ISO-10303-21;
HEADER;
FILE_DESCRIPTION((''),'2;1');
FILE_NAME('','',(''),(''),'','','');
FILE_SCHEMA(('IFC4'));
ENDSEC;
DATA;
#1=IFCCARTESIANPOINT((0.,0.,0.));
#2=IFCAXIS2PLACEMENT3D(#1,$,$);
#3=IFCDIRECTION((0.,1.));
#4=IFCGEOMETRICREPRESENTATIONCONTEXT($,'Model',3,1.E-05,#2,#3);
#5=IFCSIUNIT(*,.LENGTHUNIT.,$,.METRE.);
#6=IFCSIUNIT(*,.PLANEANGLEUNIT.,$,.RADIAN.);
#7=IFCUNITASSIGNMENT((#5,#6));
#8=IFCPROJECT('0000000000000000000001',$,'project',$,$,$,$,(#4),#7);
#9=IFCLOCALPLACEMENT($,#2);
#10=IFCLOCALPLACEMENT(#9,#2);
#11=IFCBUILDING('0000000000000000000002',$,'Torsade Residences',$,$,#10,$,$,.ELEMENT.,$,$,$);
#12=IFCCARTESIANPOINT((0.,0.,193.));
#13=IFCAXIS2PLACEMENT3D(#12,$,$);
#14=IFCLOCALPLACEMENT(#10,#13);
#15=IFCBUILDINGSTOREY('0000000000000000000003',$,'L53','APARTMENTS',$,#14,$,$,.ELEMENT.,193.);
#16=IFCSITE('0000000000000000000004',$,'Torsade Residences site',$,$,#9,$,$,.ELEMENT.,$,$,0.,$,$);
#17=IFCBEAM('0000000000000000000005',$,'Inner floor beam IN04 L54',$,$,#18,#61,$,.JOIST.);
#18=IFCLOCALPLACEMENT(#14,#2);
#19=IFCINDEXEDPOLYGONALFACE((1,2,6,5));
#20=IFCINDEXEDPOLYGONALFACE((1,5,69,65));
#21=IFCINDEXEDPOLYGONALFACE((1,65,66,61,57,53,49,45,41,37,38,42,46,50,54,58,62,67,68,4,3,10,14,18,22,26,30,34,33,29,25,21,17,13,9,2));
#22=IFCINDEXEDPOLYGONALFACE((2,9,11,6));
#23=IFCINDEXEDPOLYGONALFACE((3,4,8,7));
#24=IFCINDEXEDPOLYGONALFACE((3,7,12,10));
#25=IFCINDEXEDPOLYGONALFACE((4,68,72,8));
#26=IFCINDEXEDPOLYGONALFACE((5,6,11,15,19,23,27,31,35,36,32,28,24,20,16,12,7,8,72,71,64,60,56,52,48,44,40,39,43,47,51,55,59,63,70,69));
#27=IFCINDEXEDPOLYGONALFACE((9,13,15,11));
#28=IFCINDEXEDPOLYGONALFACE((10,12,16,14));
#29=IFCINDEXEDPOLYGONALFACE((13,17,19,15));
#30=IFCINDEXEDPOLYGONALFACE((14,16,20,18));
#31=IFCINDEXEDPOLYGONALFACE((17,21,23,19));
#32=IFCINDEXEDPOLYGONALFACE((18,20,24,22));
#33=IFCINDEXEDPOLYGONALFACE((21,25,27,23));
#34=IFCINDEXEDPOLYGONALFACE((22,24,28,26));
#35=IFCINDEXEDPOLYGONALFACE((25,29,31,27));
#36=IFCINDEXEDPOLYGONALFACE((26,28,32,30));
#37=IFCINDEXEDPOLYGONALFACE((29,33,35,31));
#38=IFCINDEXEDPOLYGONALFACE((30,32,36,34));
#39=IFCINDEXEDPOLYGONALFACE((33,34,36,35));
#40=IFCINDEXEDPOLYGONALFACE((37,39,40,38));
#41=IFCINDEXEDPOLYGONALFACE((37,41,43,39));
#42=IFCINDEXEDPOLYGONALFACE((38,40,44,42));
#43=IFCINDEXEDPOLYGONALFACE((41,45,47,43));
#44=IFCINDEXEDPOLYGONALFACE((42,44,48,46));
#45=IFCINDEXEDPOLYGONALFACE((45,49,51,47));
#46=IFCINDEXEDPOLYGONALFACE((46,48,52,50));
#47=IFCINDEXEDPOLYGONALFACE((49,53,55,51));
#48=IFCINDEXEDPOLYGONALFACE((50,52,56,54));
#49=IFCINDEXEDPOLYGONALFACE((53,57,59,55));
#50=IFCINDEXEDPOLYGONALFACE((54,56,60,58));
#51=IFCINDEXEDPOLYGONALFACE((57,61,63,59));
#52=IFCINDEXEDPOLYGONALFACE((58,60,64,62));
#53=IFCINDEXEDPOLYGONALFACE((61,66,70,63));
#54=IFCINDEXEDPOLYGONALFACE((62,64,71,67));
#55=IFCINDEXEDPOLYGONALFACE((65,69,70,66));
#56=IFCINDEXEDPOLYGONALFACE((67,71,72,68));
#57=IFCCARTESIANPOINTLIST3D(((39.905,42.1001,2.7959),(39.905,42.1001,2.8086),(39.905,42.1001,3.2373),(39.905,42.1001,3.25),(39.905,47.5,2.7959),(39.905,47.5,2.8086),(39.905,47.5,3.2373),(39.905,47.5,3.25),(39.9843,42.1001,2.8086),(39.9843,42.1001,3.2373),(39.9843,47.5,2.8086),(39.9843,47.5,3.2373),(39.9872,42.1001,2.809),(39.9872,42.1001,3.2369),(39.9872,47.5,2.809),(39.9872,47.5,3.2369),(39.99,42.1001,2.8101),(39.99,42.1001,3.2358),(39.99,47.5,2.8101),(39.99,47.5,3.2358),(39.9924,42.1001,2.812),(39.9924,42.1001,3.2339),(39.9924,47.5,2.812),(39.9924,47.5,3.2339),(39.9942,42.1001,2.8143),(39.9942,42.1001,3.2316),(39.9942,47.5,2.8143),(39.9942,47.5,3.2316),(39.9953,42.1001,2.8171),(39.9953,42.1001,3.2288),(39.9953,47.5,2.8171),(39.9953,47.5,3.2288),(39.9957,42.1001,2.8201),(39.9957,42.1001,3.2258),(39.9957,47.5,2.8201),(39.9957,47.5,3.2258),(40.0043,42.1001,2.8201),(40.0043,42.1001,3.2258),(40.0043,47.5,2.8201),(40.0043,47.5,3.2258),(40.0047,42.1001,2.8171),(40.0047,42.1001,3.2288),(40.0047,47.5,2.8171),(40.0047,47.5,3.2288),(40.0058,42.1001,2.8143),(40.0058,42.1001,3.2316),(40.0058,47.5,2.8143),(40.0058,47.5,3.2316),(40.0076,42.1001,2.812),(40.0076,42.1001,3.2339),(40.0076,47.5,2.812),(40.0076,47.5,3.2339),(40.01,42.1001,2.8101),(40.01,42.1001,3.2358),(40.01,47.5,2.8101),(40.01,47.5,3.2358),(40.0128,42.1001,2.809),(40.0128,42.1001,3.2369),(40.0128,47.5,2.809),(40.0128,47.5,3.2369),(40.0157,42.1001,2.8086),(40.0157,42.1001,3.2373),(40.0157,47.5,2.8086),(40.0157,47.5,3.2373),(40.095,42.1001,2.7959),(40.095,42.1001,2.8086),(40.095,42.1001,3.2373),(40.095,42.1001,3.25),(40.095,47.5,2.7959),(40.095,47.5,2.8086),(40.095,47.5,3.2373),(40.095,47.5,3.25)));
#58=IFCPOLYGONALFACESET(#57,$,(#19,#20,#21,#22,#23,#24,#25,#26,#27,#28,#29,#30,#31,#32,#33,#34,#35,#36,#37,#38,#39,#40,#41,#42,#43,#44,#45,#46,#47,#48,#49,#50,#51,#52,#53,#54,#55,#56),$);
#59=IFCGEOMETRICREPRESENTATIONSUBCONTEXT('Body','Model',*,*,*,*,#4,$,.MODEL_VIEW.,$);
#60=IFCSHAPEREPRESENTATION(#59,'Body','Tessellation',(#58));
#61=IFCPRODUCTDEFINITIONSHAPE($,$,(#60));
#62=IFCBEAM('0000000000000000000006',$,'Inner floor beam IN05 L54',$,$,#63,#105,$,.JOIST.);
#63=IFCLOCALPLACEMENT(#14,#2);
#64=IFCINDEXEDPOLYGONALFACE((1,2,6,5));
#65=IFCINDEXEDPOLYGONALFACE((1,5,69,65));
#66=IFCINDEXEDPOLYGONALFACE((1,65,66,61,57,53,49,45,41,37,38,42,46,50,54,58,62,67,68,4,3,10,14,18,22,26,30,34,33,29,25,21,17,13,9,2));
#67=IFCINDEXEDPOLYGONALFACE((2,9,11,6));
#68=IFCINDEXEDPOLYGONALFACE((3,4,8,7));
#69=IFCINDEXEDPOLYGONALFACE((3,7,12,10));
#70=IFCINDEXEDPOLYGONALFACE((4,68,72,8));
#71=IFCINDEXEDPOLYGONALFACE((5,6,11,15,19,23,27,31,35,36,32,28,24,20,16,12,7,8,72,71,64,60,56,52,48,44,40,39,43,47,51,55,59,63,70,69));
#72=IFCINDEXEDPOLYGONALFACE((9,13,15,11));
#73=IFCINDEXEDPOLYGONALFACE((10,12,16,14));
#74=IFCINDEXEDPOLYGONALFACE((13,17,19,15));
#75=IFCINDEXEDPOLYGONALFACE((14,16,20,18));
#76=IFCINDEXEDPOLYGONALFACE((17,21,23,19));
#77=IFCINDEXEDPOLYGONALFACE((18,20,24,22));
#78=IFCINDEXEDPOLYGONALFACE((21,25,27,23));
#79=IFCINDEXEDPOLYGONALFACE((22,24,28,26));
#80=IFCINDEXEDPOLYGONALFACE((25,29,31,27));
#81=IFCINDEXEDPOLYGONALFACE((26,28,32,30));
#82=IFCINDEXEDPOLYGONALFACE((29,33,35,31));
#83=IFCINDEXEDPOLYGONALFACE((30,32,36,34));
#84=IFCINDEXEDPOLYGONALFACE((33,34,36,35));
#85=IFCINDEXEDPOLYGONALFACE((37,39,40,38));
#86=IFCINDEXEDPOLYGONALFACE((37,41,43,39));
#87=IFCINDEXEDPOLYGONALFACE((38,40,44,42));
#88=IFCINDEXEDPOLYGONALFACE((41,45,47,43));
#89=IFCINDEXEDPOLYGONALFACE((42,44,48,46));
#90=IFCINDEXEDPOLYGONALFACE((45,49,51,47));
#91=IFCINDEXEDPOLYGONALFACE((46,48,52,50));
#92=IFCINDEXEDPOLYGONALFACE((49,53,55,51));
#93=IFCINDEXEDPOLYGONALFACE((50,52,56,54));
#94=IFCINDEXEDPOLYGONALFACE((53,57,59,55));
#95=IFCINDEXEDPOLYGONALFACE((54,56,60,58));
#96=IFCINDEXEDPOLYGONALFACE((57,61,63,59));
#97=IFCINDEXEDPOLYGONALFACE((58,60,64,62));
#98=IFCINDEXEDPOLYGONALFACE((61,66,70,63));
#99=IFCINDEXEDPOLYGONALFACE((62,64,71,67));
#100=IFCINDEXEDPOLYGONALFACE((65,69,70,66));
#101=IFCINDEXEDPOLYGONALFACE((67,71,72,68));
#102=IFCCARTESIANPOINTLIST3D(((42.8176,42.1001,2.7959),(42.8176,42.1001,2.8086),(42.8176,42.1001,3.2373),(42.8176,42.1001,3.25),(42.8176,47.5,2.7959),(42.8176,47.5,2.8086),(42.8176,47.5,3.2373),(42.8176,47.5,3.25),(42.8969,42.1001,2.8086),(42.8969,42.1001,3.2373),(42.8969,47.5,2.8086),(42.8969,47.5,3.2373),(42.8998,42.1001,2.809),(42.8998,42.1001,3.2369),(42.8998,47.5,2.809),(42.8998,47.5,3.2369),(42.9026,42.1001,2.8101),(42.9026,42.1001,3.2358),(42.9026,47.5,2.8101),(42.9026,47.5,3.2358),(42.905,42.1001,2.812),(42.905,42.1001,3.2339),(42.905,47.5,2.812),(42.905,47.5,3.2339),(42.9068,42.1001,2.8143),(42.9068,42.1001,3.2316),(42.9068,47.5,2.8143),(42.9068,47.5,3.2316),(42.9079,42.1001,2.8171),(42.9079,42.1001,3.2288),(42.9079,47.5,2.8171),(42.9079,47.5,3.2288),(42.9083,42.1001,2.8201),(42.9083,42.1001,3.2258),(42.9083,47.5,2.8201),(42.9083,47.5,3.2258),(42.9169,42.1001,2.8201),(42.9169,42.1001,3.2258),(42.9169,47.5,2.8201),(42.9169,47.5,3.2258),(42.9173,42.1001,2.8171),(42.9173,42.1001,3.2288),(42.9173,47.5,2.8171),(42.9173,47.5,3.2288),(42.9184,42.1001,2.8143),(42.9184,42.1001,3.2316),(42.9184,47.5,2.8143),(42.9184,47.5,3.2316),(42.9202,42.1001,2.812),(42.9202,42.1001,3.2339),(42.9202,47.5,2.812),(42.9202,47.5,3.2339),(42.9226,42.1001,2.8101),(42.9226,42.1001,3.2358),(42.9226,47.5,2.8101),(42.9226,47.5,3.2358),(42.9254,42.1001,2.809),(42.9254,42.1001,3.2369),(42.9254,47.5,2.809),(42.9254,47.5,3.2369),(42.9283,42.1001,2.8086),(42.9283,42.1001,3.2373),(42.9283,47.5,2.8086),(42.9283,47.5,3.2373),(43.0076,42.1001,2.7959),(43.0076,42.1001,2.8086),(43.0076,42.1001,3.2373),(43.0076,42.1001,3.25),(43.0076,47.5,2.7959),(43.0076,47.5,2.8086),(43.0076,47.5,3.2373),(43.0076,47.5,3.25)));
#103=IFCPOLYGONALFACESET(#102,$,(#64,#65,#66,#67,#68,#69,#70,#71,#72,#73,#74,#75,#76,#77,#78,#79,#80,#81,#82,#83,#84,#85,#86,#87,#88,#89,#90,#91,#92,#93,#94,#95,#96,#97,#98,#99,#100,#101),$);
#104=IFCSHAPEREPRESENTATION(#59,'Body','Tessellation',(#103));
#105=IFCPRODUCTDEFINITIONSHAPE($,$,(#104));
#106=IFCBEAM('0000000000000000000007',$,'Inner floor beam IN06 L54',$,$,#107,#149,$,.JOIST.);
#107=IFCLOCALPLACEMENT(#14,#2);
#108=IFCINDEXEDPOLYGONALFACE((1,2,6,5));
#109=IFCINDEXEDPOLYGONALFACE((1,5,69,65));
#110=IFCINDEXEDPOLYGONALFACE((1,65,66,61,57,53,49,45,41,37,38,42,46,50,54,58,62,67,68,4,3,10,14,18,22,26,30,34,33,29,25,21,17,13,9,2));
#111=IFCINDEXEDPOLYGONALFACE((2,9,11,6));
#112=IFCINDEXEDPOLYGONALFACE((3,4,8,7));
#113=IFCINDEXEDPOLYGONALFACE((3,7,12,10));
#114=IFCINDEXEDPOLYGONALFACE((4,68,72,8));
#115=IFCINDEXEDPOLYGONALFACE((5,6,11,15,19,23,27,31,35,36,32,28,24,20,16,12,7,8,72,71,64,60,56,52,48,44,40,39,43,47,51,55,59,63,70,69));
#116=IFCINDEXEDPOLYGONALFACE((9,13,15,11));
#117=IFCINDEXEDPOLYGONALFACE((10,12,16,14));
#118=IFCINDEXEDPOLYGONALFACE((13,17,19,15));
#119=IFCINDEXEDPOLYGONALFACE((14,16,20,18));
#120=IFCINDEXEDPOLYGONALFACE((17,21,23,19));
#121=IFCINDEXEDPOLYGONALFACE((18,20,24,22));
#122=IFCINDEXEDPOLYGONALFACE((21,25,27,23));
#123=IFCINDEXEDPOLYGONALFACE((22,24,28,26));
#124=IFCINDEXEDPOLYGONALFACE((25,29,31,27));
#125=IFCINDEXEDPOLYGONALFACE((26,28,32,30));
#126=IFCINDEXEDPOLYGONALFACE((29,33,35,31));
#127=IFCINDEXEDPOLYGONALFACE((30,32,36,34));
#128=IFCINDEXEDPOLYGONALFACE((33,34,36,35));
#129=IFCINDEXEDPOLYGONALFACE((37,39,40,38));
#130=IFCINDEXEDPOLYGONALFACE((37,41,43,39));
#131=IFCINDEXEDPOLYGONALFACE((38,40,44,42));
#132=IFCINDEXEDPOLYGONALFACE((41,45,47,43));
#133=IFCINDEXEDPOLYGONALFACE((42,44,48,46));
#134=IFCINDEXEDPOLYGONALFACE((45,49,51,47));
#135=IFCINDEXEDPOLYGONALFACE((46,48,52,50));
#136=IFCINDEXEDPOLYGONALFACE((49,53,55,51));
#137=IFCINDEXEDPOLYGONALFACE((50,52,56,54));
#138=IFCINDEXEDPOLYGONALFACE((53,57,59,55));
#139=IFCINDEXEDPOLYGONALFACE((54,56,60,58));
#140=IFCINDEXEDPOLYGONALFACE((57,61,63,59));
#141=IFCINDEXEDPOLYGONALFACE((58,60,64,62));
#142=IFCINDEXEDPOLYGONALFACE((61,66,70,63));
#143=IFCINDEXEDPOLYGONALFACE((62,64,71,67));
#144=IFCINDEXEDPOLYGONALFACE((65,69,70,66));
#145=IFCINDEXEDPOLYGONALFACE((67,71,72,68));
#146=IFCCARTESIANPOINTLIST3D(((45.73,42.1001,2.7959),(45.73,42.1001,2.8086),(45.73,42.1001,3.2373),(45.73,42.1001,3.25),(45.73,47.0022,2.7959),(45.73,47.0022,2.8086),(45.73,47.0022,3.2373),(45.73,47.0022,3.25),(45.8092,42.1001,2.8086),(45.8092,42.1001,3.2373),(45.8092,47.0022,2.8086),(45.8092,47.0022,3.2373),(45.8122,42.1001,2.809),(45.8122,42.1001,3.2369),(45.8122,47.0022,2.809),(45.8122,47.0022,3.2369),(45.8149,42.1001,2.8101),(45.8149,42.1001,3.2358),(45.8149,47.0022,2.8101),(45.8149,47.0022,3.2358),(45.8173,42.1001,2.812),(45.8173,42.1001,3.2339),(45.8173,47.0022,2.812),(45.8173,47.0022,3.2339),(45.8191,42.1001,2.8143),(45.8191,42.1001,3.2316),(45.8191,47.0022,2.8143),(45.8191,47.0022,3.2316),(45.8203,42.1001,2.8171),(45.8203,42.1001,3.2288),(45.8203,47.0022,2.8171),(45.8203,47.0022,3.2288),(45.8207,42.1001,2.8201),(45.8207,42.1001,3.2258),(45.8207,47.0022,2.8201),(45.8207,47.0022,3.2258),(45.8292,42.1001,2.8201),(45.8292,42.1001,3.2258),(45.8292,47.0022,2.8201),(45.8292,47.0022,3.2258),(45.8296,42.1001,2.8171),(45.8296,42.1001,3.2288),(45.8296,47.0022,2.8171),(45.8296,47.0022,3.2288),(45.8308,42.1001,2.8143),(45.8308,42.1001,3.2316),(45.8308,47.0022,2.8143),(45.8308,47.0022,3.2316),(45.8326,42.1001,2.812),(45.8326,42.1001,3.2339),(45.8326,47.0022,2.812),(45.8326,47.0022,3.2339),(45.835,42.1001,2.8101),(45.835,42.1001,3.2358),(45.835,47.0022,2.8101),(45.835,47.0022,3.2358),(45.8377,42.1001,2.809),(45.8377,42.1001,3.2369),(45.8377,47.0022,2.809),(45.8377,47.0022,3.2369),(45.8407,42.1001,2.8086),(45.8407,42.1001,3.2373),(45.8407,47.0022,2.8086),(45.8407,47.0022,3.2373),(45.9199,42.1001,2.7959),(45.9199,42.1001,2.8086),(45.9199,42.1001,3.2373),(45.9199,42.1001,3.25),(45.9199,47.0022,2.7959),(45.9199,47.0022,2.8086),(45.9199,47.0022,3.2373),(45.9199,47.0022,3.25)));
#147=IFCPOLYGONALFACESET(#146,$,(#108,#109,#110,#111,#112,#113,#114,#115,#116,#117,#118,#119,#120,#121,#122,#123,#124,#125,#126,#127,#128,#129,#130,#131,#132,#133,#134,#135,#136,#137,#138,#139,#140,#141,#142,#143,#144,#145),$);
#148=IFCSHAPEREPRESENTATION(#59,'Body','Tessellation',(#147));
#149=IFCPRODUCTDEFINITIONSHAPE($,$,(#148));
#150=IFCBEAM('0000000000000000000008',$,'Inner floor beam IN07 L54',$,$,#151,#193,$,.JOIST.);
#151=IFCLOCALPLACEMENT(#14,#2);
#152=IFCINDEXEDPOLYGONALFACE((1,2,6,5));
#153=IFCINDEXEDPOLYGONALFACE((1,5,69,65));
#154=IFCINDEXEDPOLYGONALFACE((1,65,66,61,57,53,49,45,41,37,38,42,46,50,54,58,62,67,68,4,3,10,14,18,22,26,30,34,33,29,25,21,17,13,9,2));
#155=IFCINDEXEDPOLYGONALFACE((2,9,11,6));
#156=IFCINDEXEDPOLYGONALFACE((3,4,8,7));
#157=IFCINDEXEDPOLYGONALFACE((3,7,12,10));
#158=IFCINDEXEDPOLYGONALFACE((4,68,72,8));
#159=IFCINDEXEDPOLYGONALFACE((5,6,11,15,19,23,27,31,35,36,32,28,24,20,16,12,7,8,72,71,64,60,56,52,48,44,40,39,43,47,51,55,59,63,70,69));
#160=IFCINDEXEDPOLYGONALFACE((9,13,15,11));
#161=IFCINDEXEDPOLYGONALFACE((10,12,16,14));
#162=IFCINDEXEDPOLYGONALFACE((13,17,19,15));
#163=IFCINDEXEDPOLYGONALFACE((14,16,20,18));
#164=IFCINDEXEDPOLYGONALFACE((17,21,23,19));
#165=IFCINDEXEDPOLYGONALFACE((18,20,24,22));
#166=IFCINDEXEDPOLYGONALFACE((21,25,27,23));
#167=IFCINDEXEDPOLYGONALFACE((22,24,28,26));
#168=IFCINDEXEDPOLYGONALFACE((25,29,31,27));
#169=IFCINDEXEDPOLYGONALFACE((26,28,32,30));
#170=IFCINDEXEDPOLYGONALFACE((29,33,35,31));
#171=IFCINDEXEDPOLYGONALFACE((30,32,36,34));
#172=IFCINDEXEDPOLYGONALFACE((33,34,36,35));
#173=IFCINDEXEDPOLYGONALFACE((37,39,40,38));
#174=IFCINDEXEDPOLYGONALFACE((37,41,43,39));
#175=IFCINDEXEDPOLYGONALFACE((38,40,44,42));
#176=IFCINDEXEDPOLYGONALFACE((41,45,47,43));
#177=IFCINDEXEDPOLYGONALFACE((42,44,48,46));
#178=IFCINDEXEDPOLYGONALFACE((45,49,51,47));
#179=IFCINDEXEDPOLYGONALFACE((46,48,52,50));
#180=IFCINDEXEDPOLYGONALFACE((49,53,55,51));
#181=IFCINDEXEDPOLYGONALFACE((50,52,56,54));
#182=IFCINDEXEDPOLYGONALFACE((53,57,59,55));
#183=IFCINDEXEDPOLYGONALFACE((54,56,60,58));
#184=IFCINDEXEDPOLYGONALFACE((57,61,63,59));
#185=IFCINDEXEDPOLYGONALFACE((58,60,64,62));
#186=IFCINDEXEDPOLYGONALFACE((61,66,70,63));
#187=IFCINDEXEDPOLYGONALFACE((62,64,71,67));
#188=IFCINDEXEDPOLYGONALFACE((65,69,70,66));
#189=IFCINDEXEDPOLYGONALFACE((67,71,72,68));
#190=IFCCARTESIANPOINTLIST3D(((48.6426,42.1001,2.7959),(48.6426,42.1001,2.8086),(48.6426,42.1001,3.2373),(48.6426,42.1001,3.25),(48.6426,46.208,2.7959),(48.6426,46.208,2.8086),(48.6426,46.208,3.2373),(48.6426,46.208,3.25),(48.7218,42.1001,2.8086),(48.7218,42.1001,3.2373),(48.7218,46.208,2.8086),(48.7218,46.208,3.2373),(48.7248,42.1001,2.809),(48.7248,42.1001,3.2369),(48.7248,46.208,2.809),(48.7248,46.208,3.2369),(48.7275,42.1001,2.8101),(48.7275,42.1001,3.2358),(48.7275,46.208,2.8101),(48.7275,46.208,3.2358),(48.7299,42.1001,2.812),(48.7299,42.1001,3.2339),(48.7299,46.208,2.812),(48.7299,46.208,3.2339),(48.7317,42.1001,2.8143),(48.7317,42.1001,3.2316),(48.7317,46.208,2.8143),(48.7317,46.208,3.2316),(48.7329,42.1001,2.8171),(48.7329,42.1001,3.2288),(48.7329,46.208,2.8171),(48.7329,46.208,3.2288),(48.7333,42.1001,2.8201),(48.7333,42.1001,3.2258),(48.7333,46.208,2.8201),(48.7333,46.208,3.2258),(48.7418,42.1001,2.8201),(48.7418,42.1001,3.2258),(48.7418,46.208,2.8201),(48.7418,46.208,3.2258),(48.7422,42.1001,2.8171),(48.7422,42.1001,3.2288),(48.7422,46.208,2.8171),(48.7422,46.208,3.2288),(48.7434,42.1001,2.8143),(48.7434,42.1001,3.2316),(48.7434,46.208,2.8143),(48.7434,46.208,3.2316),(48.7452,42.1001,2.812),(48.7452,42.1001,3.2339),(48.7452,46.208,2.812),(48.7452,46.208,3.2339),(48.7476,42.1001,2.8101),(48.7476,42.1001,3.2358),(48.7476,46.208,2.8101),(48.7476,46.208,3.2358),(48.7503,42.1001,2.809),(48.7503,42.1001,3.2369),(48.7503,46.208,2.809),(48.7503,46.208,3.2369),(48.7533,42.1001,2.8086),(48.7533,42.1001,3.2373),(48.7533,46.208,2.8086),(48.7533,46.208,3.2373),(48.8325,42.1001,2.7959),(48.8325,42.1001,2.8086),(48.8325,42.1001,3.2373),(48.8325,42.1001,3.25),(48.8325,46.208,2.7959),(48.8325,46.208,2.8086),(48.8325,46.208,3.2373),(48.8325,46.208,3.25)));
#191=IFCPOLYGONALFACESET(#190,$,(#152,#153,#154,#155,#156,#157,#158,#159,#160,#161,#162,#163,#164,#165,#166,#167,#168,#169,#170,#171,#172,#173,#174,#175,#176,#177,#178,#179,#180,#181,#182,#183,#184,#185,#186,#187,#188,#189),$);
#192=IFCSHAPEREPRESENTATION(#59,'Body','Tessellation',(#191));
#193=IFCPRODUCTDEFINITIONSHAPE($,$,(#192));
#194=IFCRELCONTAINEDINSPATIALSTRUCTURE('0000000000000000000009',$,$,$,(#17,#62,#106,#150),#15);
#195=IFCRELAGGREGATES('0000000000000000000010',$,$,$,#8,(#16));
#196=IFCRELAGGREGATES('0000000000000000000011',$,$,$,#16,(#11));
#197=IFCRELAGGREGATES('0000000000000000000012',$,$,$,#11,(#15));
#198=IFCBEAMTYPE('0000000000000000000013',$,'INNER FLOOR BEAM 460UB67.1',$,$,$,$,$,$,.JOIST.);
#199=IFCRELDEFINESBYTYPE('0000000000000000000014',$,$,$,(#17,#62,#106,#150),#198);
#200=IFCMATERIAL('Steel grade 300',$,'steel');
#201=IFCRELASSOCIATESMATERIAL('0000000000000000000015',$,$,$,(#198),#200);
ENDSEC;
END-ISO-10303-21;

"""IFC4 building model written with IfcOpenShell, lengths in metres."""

from ifc_helpers import new_model, si_unit, direction, frame, origin, origin_2d, place, context, subcontext, project, spatial, i_section, extrude, material, material_profile, profile_set, type_object, element, save


model = new_model("IFC4")

# Units and contexts
model_context = context("Model", 3, precision=1e-05, world=origin(), true_north=direction((0.0, 1.0)))
body_context = subcontext(model_context, "Body", "Model", "MODEL_VIEW")
ifc_project = project(units=[si_unit("LENGTHUNIT", "METRE"), si_unit("PLANEANGLEUNIT", "RADIAN")], contexts=[model_context])

# Site, building, storey
site_placement = place(None, origin())
site = spatial("IfcSite", under=ifc_project, at=site_placement, Name="Torsade Residences site", CompositionType="ELEMENT", RefElevation=0.0)
building_placement = place(site_placement, origin())
building = spatial("IfcBuilding", under=site, at=building_placement, Name="Torsade Residences", CompositionType="ELEMENT")
storey_placement = place(building_placement, frame((0.0, 0.0, 193.0)))
storey = spatial("IfcBuildingStorey", under=building, at=storey_placement, Name="L53", Description="APARTMENTS", CompositionType="ELEMENT", Elevation=193.0)

# Beams
ifc_material_1 = material(Name="Steel grade 300", Category="steel")
ifc_material_profile = material_profile(ifc_material_1, i_section(OverallWidth=0.1899, OverallDepth=0.4541, WebThickness=0.0085, FlangeThickness=0.0127, FilletRadius=0.0115, at=origin_2d()), Name="460UB67.1")
ifc_profile_set = profile_set([ifc_material_profile], Name="Steel grade 300")
beam_type = type_object("IfcBeamType", Name="INNER FLOOR BEAM 460UB67.1", PredefinedType="JOIST", material=ifc_profile_set)
for number, where, z_axis, x_axis, name in (
    (1, (40.0, 42.1001, 3.0229), (0.0, 1.0, 0.0), (-1.0, 0.0, 0.0), "Inner floor beam IN04 L54"),
    (2, (42.9126, 42.1001, 3.0229), (0.0, 1.0, 0.0), (-1.0, 0.0, 0.0), "Inner floor beam IN05 L54"),
):
    element("IfcBeam", number, at=place(storey_placement, frame(where, z_axis=z_axis, x_axis=x_axis)), inside=storey, type_object=beam_type, Name=name, PredefinedType="JOIST", context=body_context, shape_type="SweptSolid", body=[
        extrude(i_section(OverallWidth=0.1899, OverallDepth=0.4541, WebThickness=0.0085, FlangeThickness=0.0127, FilletRadius=0.0115, at=origin_2d()), origin(), (0.0, 0.0, 1.0), 5.3999),
    ])
beam_1_placement = place(storey_placement, frame((45.825, 42.1001, 3.0229), z_axis=(0.0, 1.0, 0.0), x_axis=(-1.0, 0.0, 0.0)))
element("IfcBeam", 3, at=beam_1_placement, inside=storey, type_object=beam_type, Name="Inner floor beam IN06 L54", PredefinedType="JOIST", context=body_context, shape_type="SweptSolid", body=[
    extrude(i_section(OverallWidth=0.1899, OverallDepth=0.4541, WebThickness=0.0085, FlangeThickness=0.0127, FilletRadius=0.0115, at=origin_2d()), origin(), (0.0, 0.0, 1.0), 4.9021),
])
beam_2_placement = place(storey_placement, frame((48.7375, 42.1001, 3.0229), z_axis=(0.0, 1.0, 0.0), x_axis=(-1.0, 0.0, 0.0)))
element("IfcBeam", 4, at=beam_2_placement, inside=storey, type_object=beam_type, Name="Inner floor beam IN07 L54", PredefinedType="JOIST", context=body_context, shape_type="SweptSolid", body=[
    extrude(i_section(OverallWidth=0.1899, OverallDepth=0.4541, WebThickness=0.0085, FlangeThickness=0.0127, FilletRadius=0.0115, at=origin_2d()), origin(), (0.0, 0.0, 1.0), 4.1079),
])

save(model, "model.ifc")
